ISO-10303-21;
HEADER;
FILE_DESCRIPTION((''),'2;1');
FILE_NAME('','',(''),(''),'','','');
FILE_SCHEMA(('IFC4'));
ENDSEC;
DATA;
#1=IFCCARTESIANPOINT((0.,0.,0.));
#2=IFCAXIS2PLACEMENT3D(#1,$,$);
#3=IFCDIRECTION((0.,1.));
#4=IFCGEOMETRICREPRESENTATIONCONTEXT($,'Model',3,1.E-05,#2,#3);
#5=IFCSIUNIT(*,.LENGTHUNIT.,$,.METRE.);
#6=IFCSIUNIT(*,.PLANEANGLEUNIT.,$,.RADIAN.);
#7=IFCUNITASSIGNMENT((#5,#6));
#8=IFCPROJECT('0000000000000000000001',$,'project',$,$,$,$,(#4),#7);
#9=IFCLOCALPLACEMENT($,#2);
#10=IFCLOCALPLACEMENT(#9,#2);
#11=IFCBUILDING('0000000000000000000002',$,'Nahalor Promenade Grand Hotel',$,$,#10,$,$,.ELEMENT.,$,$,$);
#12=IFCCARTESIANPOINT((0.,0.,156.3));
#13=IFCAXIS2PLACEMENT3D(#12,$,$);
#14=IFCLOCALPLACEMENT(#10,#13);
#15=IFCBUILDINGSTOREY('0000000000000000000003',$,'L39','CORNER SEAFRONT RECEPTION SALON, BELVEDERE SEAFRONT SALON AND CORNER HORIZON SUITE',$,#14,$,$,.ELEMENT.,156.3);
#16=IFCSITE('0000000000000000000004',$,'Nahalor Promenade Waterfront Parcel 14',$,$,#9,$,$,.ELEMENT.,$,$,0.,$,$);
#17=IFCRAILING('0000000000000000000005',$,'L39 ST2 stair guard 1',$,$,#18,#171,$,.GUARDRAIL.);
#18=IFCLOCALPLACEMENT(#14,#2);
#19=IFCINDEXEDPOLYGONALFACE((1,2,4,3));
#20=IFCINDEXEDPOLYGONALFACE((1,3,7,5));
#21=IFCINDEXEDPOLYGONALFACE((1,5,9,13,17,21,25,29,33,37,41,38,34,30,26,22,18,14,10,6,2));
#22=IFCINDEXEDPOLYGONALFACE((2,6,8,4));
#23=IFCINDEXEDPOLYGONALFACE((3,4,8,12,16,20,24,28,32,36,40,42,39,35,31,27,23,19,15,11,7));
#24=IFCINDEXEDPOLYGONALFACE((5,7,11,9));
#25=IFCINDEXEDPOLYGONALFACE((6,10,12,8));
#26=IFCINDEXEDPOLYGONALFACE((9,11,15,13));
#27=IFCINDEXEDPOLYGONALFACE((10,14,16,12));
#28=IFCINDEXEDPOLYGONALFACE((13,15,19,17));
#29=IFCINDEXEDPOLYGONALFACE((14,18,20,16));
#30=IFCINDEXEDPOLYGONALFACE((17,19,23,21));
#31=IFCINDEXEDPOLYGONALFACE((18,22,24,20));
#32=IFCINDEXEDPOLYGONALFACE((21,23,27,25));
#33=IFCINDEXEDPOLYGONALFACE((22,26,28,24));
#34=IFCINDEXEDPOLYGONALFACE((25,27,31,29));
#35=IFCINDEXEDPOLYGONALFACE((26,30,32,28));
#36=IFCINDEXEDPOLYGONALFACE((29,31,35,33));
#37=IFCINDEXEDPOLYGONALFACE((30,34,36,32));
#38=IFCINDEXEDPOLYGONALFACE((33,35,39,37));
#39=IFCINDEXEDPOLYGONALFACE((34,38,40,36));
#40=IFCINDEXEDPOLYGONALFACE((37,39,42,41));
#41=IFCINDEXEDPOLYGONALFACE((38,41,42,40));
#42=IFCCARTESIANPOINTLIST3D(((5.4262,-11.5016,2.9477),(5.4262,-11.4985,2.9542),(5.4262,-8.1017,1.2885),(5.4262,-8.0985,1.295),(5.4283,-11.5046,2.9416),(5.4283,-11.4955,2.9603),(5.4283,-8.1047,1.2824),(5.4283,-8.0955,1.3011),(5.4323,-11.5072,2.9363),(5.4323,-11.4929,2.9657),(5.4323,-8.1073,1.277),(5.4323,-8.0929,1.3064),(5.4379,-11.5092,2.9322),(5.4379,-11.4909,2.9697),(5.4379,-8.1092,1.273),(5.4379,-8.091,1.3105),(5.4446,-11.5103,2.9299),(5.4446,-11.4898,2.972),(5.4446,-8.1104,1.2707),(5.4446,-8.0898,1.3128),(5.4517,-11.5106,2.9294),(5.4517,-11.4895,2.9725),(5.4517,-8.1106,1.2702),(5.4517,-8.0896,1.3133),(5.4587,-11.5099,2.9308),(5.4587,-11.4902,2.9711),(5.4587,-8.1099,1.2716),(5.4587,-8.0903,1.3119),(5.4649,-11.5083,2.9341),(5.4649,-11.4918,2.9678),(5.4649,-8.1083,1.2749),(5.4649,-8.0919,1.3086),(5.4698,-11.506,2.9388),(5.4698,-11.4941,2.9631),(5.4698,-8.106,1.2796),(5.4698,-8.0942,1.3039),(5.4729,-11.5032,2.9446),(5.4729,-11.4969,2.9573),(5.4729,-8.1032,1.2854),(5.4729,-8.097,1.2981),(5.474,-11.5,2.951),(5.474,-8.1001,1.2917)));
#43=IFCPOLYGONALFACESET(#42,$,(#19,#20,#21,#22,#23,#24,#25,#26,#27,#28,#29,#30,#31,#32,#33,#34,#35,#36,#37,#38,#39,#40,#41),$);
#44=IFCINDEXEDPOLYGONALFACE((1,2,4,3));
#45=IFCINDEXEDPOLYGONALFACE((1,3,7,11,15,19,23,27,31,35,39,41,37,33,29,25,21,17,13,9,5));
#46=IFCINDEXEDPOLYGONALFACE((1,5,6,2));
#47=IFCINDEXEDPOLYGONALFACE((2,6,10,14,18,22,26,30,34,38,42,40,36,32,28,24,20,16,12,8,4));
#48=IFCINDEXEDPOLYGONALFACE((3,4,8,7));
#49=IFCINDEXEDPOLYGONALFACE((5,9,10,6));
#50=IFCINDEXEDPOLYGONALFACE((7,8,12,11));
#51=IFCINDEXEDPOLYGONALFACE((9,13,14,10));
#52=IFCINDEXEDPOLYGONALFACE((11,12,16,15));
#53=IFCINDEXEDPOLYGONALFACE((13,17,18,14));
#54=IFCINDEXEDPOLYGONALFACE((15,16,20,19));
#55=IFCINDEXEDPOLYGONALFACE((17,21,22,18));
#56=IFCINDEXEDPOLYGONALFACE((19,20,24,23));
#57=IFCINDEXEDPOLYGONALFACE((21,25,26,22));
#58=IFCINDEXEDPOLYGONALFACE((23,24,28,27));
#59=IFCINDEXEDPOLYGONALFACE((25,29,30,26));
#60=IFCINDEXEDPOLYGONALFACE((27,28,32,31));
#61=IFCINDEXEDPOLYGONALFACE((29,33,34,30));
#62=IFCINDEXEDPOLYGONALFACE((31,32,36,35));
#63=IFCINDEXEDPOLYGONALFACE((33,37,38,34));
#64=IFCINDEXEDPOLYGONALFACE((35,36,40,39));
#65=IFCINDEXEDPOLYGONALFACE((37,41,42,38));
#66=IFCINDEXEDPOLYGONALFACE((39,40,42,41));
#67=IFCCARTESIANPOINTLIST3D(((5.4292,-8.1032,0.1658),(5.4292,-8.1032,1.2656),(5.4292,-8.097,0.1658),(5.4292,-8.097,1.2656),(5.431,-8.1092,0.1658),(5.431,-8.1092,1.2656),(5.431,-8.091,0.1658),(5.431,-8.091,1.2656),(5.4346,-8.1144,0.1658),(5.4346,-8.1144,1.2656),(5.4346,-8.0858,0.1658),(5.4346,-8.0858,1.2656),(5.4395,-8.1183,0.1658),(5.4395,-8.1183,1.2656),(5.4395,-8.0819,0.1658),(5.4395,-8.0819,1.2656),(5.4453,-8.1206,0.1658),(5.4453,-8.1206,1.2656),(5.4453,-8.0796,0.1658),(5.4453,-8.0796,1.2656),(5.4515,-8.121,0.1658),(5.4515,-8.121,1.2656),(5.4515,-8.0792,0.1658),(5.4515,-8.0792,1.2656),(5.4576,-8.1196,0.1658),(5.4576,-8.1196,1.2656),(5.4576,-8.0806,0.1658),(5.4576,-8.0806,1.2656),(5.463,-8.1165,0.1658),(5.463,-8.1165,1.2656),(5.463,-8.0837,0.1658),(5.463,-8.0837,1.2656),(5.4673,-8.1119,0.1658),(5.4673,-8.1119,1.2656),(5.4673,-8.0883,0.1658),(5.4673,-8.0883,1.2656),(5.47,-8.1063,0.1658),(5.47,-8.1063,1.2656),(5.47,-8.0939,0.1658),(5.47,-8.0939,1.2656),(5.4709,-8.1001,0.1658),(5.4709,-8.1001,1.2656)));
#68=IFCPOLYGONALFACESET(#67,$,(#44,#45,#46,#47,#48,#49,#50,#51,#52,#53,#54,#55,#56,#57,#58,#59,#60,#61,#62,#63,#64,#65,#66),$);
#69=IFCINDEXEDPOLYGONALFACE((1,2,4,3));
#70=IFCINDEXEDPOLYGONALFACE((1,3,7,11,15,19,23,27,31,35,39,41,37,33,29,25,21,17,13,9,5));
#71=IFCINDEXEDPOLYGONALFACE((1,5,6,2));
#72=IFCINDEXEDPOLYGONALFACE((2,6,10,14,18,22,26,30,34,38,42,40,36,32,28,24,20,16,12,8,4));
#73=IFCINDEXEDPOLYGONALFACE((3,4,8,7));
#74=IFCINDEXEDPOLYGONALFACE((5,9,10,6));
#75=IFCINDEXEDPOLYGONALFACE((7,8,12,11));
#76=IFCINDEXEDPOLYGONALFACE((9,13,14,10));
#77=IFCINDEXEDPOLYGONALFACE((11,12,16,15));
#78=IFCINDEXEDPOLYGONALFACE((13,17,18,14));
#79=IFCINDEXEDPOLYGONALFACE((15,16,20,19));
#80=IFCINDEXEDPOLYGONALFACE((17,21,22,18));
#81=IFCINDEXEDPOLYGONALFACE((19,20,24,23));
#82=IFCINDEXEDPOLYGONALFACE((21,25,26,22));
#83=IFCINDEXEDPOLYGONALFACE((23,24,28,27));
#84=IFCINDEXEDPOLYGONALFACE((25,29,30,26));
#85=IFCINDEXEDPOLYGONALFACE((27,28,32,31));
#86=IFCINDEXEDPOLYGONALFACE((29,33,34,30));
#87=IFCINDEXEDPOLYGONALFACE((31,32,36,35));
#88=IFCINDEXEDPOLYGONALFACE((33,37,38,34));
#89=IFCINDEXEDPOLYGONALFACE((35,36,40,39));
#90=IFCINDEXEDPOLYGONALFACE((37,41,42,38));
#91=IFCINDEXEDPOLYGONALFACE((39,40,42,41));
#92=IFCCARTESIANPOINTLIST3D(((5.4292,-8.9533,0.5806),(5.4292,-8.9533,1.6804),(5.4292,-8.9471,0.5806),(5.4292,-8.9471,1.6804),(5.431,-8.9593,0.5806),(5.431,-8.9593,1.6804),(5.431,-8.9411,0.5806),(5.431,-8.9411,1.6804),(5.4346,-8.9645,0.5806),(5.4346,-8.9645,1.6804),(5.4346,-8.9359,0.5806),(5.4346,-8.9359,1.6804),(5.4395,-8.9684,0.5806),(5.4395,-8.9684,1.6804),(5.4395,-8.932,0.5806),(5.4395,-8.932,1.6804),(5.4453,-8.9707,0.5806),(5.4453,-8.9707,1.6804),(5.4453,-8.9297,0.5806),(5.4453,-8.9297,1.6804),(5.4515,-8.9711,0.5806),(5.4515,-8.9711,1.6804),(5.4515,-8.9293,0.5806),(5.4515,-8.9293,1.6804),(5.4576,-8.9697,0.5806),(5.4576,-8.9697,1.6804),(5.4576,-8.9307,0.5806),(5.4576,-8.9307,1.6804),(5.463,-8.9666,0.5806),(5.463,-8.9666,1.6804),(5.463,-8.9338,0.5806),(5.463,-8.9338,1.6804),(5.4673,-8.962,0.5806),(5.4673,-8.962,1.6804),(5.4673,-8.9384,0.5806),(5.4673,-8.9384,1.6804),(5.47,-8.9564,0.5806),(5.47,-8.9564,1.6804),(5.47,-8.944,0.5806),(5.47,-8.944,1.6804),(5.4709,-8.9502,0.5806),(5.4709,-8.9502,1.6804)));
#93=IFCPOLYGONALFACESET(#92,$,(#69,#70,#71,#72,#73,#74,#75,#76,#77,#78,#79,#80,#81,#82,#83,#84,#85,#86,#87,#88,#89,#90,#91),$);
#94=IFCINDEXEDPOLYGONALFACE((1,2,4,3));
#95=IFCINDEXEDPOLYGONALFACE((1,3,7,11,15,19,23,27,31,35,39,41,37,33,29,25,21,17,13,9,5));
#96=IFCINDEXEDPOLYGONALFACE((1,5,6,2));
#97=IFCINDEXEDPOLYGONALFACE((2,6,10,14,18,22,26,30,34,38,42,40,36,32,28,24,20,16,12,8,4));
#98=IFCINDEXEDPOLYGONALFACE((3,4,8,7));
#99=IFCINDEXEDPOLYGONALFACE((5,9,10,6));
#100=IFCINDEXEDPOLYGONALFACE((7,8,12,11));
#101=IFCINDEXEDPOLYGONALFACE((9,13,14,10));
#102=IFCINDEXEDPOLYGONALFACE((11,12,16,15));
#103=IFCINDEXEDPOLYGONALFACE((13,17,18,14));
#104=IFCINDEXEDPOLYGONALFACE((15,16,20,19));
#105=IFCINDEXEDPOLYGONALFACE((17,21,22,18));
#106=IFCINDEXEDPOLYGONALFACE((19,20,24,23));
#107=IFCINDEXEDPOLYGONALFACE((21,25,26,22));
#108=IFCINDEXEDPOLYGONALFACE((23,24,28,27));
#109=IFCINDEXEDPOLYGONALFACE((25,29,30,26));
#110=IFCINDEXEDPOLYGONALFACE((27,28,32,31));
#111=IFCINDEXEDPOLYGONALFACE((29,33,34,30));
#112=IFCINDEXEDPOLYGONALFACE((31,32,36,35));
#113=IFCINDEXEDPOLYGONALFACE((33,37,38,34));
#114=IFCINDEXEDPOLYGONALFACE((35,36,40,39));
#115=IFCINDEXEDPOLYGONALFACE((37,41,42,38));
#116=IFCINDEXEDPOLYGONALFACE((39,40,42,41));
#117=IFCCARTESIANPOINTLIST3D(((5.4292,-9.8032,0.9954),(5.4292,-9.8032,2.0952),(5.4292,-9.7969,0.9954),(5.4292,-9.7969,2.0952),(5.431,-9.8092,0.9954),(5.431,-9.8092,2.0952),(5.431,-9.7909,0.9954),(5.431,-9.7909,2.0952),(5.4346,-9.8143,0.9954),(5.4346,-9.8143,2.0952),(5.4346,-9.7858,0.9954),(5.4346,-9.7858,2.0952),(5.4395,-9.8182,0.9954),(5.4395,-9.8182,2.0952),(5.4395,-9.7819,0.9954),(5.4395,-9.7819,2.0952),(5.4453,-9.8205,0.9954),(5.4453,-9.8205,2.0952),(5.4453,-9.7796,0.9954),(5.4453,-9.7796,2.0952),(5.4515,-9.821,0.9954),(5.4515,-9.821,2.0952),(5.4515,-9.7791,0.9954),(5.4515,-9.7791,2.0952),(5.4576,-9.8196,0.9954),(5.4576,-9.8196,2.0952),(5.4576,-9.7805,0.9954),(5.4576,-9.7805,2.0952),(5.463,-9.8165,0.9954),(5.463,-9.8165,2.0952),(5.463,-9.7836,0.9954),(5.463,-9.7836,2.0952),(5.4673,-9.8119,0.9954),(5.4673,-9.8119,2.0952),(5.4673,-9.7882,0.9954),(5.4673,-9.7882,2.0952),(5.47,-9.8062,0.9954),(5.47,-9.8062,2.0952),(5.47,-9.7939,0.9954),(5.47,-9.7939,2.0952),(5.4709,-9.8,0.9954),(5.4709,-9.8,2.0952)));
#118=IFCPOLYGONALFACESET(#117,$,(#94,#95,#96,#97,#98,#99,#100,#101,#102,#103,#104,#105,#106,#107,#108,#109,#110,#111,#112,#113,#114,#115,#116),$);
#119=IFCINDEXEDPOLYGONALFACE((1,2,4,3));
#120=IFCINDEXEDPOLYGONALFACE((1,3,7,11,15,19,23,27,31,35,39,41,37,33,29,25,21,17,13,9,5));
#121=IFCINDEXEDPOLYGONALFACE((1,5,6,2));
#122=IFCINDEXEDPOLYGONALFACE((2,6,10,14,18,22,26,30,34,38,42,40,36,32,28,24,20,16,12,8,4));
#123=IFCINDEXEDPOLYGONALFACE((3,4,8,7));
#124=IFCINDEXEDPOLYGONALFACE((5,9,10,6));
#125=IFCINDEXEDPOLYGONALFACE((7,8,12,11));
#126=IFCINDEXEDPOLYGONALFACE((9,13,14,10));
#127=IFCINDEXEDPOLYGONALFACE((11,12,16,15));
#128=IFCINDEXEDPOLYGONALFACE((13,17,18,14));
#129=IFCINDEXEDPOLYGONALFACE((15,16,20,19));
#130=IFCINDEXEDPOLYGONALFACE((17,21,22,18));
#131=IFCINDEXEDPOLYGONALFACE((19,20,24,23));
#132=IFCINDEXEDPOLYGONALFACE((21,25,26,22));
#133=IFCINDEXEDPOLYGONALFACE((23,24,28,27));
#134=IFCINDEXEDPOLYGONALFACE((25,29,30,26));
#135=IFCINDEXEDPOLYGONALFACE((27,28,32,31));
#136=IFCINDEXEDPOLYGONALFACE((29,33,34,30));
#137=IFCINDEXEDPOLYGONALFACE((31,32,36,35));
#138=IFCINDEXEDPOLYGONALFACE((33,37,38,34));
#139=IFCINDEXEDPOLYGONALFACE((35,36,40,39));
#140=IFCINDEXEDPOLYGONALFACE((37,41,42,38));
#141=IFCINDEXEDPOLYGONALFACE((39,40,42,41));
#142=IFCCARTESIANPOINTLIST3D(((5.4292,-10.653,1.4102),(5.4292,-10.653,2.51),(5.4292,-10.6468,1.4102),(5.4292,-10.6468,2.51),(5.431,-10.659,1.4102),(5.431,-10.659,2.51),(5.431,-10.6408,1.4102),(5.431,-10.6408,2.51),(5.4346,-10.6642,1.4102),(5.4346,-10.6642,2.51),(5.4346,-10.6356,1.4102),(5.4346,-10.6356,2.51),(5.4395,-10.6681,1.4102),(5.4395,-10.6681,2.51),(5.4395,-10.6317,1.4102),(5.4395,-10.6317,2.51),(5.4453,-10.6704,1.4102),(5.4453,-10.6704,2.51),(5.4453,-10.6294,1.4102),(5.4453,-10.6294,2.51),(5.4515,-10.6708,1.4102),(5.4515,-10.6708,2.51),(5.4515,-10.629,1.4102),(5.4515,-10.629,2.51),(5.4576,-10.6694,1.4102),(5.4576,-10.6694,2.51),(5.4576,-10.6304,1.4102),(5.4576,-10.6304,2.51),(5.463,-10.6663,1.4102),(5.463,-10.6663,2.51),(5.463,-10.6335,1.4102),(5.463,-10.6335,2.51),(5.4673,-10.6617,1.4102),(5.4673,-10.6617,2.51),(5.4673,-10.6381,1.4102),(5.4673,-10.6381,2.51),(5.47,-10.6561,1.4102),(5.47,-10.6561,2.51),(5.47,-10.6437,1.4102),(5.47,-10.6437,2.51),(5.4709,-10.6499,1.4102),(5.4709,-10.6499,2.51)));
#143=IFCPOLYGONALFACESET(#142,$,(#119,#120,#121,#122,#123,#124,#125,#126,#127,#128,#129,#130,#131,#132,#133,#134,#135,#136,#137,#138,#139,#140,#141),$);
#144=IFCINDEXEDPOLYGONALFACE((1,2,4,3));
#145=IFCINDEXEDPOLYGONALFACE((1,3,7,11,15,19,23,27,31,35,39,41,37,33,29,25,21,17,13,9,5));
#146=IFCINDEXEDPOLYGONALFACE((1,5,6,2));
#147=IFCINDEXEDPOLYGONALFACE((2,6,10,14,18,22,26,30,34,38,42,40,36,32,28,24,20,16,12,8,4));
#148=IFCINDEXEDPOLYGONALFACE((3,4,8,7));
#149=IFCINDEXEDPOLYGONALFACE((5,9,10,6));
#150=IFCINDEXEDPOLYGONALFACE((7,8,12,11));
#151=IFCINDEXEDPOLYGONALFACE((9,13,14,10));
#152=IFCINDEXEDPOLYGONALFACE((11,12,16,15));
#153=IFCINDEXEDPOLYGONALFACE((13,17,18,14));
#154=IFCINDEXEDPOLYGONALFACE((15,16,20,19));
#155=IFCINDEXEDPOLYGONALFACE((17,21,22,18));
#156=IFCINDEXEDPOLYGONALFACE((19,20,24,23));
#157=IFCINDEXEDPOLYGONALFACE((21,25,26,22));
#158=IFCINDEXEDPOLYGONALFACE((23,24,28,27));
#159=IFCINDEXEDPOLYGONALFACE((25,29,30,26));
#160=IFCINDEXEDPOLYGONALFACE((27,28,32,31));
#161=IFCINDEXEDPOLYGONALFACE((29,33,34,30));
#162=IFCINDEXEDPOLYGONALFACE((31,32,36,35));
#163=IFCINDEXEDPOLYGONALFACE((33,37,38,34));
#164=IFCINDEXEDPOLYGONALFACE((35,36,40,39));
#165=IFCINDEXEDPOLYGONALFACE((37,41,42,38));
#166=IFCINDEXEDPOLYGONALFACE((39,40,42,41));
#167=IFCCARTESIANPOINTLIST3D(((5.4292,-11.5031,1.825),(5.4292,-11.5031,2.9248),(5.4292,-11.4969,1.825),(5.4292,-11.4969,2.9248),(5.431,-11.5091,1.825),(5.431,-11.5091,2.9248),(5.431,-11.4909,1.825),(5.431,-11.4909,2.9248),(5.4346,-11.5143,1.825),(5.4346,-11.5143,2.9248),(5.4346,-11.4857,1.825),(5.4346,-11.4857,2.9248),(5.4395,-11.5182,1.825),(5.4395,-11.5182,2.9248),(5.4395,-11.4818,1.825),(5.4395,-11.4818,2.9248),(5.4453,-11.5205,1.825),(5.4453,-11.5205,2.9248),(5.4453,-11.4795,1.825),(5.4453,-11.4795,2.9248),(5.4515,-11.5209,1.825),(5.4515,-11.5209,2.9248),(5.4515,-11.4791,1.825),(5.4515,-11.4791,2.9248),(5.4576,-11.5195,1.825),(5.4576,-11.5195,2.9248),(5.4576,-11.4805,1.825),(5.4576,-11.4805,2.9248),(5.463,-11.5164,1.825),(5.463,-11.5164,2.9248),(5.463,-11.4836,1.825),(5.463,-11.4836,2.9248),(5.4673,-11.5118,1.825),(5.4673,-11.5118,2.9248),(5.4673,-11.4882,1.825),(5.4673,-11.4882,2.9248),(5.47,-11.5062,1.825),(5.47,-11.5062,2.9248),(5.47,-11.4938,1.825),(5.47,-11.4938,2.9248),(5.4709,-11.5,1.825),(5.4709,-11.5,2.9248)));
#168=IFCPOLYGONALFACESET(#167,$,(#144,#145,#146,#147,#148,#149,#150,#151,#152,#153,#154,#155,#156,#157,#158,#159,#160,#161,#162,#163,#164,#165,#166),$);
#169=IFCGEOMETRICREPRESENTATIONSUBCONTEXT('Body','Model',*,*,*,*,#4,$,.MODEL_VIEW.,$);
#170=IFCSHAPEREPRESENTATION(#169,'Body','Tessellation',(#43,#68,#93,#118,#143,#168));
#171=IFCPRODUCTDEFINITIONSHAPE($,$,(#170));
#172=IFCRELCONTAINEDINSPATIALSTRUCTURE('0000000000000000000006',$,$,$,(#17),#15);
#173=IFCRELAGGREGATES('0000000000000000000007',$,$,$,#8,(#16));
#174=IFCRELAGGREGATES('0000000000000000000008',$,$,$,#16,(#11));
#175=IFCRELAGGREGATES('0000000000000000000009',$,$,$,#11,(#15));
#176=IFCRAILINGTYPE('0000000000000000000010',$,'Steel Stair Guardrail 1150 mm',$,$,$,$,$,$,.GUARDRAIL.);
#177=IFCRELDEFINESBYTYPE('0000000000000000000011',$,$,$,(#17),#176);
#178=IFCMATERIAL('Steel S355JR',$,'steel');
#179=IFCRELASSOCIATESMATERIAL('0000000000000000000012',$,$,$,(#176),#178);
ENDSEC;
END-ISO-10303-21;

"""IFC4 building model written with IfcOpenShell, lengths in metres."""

from ifc_helpers import new_model, si_unit, direction, frame, origin, origin_2d, place, context, subcontext, project, spatial, circle, extrude, material, type_object, element, save


model = new_model("IFC4")

# Units and contexts
model_context = context("Model", 3, precision=1e-05, world=origin(), true_north=direction((0.0, 1.0)))
body_context = subcontext(model_context, "Body", "Model", "MODEL_VIEW")
ifc_project = project(units=[si_unit("LENGTHUNIT", "METRE"), si_unit("PLANEANGLEUNIT", "RADIAN")], contexts=[model_context])

# Site, building, storey
site_placement = place(None, origin())
site = spatial("IfcSite", under=ifc_project, at=site_placement, Name="Nahalor Promenade Waterfront Parcel 14", CompositionType="ELEMENT", RefElevation=0.0)
building_placement = place(site_placement, origin())
building = spatial("IfcBuilding", under=site, at=building_placement, Name="Nahalor Promenade Grand Hotel", CompositionType="ELEMENT")
storey_placement = place(building_placement, frame((0.0, 0.0, 156.3)))
storey = spatial("IfcBuildingStorey", under=building, at=storey_placement, Name="L39", Description="CORNER SEAFRONT RECEPTION SALON, BELVEDERE SEAFRONT SALON AND CORNER HORIZON SUITE", CompositionType="ELEMENT", Elevation=156.3)

# Shared definitions
ifc_material_1 = material(Name="Steel S355JR", Category="steel")

# Railing
railing_type_1 = type_object("IfcRailingType", Name="Steel Stair Guardrail 1150 mm", PredefinedType="GUARDRAIL", material=ifc_material_1)
railing_1_placement = place(storey_placement, frame((5.45, -8.1001, 0.1658)))
element("IfcRailing", 1, at=railing_1_placement, inside=storey, type_object=railing_type_1, Name="L39 ST2 stair guard 1", PredefinedType="GUARDRAIL", context=body_context, shape_type="SweptSolid", body=[
    extrude(circle(Radius=0.024, at=origin_2d()), frame((0.0, 0.0, 1.126), z_axis=(0.0, -0.898696, 0.438571), x_axis=(1.0, 0.0, 0.0)), (0.0, 0.0, 1.0), 3.7832),
    extrude(circle(Radius=0.021, at=origin_2d()), origin(), (0.0, 0.0, 1.0), 1.0999),
    extrude(circle(Radius=0.021, at=origin_2d()), frame((0.0, -0.8501, 0.4148)), (0.0, 0.0, 1.0), 1.0999),
    extrude(circle(Radius=0.021, at=origin_2d()), frame((0.0, -1.7, 0.8296)), (0.0, 0.0, 1.0), 1.0999),
    extrude(circle(Radius=0.021, at=origin_2d()), frame((0.0, -2.5498, 1.2444)), (0.0, 0.0, 1.0), 1.0999),
    extrude(circle(Radius=0.021, at=origin_2d()), frame((0.0, -3.3999, 1.6592)), (0.0, 0.0, 1.0), 1.0999),
])

save(model, "model.ifc")
